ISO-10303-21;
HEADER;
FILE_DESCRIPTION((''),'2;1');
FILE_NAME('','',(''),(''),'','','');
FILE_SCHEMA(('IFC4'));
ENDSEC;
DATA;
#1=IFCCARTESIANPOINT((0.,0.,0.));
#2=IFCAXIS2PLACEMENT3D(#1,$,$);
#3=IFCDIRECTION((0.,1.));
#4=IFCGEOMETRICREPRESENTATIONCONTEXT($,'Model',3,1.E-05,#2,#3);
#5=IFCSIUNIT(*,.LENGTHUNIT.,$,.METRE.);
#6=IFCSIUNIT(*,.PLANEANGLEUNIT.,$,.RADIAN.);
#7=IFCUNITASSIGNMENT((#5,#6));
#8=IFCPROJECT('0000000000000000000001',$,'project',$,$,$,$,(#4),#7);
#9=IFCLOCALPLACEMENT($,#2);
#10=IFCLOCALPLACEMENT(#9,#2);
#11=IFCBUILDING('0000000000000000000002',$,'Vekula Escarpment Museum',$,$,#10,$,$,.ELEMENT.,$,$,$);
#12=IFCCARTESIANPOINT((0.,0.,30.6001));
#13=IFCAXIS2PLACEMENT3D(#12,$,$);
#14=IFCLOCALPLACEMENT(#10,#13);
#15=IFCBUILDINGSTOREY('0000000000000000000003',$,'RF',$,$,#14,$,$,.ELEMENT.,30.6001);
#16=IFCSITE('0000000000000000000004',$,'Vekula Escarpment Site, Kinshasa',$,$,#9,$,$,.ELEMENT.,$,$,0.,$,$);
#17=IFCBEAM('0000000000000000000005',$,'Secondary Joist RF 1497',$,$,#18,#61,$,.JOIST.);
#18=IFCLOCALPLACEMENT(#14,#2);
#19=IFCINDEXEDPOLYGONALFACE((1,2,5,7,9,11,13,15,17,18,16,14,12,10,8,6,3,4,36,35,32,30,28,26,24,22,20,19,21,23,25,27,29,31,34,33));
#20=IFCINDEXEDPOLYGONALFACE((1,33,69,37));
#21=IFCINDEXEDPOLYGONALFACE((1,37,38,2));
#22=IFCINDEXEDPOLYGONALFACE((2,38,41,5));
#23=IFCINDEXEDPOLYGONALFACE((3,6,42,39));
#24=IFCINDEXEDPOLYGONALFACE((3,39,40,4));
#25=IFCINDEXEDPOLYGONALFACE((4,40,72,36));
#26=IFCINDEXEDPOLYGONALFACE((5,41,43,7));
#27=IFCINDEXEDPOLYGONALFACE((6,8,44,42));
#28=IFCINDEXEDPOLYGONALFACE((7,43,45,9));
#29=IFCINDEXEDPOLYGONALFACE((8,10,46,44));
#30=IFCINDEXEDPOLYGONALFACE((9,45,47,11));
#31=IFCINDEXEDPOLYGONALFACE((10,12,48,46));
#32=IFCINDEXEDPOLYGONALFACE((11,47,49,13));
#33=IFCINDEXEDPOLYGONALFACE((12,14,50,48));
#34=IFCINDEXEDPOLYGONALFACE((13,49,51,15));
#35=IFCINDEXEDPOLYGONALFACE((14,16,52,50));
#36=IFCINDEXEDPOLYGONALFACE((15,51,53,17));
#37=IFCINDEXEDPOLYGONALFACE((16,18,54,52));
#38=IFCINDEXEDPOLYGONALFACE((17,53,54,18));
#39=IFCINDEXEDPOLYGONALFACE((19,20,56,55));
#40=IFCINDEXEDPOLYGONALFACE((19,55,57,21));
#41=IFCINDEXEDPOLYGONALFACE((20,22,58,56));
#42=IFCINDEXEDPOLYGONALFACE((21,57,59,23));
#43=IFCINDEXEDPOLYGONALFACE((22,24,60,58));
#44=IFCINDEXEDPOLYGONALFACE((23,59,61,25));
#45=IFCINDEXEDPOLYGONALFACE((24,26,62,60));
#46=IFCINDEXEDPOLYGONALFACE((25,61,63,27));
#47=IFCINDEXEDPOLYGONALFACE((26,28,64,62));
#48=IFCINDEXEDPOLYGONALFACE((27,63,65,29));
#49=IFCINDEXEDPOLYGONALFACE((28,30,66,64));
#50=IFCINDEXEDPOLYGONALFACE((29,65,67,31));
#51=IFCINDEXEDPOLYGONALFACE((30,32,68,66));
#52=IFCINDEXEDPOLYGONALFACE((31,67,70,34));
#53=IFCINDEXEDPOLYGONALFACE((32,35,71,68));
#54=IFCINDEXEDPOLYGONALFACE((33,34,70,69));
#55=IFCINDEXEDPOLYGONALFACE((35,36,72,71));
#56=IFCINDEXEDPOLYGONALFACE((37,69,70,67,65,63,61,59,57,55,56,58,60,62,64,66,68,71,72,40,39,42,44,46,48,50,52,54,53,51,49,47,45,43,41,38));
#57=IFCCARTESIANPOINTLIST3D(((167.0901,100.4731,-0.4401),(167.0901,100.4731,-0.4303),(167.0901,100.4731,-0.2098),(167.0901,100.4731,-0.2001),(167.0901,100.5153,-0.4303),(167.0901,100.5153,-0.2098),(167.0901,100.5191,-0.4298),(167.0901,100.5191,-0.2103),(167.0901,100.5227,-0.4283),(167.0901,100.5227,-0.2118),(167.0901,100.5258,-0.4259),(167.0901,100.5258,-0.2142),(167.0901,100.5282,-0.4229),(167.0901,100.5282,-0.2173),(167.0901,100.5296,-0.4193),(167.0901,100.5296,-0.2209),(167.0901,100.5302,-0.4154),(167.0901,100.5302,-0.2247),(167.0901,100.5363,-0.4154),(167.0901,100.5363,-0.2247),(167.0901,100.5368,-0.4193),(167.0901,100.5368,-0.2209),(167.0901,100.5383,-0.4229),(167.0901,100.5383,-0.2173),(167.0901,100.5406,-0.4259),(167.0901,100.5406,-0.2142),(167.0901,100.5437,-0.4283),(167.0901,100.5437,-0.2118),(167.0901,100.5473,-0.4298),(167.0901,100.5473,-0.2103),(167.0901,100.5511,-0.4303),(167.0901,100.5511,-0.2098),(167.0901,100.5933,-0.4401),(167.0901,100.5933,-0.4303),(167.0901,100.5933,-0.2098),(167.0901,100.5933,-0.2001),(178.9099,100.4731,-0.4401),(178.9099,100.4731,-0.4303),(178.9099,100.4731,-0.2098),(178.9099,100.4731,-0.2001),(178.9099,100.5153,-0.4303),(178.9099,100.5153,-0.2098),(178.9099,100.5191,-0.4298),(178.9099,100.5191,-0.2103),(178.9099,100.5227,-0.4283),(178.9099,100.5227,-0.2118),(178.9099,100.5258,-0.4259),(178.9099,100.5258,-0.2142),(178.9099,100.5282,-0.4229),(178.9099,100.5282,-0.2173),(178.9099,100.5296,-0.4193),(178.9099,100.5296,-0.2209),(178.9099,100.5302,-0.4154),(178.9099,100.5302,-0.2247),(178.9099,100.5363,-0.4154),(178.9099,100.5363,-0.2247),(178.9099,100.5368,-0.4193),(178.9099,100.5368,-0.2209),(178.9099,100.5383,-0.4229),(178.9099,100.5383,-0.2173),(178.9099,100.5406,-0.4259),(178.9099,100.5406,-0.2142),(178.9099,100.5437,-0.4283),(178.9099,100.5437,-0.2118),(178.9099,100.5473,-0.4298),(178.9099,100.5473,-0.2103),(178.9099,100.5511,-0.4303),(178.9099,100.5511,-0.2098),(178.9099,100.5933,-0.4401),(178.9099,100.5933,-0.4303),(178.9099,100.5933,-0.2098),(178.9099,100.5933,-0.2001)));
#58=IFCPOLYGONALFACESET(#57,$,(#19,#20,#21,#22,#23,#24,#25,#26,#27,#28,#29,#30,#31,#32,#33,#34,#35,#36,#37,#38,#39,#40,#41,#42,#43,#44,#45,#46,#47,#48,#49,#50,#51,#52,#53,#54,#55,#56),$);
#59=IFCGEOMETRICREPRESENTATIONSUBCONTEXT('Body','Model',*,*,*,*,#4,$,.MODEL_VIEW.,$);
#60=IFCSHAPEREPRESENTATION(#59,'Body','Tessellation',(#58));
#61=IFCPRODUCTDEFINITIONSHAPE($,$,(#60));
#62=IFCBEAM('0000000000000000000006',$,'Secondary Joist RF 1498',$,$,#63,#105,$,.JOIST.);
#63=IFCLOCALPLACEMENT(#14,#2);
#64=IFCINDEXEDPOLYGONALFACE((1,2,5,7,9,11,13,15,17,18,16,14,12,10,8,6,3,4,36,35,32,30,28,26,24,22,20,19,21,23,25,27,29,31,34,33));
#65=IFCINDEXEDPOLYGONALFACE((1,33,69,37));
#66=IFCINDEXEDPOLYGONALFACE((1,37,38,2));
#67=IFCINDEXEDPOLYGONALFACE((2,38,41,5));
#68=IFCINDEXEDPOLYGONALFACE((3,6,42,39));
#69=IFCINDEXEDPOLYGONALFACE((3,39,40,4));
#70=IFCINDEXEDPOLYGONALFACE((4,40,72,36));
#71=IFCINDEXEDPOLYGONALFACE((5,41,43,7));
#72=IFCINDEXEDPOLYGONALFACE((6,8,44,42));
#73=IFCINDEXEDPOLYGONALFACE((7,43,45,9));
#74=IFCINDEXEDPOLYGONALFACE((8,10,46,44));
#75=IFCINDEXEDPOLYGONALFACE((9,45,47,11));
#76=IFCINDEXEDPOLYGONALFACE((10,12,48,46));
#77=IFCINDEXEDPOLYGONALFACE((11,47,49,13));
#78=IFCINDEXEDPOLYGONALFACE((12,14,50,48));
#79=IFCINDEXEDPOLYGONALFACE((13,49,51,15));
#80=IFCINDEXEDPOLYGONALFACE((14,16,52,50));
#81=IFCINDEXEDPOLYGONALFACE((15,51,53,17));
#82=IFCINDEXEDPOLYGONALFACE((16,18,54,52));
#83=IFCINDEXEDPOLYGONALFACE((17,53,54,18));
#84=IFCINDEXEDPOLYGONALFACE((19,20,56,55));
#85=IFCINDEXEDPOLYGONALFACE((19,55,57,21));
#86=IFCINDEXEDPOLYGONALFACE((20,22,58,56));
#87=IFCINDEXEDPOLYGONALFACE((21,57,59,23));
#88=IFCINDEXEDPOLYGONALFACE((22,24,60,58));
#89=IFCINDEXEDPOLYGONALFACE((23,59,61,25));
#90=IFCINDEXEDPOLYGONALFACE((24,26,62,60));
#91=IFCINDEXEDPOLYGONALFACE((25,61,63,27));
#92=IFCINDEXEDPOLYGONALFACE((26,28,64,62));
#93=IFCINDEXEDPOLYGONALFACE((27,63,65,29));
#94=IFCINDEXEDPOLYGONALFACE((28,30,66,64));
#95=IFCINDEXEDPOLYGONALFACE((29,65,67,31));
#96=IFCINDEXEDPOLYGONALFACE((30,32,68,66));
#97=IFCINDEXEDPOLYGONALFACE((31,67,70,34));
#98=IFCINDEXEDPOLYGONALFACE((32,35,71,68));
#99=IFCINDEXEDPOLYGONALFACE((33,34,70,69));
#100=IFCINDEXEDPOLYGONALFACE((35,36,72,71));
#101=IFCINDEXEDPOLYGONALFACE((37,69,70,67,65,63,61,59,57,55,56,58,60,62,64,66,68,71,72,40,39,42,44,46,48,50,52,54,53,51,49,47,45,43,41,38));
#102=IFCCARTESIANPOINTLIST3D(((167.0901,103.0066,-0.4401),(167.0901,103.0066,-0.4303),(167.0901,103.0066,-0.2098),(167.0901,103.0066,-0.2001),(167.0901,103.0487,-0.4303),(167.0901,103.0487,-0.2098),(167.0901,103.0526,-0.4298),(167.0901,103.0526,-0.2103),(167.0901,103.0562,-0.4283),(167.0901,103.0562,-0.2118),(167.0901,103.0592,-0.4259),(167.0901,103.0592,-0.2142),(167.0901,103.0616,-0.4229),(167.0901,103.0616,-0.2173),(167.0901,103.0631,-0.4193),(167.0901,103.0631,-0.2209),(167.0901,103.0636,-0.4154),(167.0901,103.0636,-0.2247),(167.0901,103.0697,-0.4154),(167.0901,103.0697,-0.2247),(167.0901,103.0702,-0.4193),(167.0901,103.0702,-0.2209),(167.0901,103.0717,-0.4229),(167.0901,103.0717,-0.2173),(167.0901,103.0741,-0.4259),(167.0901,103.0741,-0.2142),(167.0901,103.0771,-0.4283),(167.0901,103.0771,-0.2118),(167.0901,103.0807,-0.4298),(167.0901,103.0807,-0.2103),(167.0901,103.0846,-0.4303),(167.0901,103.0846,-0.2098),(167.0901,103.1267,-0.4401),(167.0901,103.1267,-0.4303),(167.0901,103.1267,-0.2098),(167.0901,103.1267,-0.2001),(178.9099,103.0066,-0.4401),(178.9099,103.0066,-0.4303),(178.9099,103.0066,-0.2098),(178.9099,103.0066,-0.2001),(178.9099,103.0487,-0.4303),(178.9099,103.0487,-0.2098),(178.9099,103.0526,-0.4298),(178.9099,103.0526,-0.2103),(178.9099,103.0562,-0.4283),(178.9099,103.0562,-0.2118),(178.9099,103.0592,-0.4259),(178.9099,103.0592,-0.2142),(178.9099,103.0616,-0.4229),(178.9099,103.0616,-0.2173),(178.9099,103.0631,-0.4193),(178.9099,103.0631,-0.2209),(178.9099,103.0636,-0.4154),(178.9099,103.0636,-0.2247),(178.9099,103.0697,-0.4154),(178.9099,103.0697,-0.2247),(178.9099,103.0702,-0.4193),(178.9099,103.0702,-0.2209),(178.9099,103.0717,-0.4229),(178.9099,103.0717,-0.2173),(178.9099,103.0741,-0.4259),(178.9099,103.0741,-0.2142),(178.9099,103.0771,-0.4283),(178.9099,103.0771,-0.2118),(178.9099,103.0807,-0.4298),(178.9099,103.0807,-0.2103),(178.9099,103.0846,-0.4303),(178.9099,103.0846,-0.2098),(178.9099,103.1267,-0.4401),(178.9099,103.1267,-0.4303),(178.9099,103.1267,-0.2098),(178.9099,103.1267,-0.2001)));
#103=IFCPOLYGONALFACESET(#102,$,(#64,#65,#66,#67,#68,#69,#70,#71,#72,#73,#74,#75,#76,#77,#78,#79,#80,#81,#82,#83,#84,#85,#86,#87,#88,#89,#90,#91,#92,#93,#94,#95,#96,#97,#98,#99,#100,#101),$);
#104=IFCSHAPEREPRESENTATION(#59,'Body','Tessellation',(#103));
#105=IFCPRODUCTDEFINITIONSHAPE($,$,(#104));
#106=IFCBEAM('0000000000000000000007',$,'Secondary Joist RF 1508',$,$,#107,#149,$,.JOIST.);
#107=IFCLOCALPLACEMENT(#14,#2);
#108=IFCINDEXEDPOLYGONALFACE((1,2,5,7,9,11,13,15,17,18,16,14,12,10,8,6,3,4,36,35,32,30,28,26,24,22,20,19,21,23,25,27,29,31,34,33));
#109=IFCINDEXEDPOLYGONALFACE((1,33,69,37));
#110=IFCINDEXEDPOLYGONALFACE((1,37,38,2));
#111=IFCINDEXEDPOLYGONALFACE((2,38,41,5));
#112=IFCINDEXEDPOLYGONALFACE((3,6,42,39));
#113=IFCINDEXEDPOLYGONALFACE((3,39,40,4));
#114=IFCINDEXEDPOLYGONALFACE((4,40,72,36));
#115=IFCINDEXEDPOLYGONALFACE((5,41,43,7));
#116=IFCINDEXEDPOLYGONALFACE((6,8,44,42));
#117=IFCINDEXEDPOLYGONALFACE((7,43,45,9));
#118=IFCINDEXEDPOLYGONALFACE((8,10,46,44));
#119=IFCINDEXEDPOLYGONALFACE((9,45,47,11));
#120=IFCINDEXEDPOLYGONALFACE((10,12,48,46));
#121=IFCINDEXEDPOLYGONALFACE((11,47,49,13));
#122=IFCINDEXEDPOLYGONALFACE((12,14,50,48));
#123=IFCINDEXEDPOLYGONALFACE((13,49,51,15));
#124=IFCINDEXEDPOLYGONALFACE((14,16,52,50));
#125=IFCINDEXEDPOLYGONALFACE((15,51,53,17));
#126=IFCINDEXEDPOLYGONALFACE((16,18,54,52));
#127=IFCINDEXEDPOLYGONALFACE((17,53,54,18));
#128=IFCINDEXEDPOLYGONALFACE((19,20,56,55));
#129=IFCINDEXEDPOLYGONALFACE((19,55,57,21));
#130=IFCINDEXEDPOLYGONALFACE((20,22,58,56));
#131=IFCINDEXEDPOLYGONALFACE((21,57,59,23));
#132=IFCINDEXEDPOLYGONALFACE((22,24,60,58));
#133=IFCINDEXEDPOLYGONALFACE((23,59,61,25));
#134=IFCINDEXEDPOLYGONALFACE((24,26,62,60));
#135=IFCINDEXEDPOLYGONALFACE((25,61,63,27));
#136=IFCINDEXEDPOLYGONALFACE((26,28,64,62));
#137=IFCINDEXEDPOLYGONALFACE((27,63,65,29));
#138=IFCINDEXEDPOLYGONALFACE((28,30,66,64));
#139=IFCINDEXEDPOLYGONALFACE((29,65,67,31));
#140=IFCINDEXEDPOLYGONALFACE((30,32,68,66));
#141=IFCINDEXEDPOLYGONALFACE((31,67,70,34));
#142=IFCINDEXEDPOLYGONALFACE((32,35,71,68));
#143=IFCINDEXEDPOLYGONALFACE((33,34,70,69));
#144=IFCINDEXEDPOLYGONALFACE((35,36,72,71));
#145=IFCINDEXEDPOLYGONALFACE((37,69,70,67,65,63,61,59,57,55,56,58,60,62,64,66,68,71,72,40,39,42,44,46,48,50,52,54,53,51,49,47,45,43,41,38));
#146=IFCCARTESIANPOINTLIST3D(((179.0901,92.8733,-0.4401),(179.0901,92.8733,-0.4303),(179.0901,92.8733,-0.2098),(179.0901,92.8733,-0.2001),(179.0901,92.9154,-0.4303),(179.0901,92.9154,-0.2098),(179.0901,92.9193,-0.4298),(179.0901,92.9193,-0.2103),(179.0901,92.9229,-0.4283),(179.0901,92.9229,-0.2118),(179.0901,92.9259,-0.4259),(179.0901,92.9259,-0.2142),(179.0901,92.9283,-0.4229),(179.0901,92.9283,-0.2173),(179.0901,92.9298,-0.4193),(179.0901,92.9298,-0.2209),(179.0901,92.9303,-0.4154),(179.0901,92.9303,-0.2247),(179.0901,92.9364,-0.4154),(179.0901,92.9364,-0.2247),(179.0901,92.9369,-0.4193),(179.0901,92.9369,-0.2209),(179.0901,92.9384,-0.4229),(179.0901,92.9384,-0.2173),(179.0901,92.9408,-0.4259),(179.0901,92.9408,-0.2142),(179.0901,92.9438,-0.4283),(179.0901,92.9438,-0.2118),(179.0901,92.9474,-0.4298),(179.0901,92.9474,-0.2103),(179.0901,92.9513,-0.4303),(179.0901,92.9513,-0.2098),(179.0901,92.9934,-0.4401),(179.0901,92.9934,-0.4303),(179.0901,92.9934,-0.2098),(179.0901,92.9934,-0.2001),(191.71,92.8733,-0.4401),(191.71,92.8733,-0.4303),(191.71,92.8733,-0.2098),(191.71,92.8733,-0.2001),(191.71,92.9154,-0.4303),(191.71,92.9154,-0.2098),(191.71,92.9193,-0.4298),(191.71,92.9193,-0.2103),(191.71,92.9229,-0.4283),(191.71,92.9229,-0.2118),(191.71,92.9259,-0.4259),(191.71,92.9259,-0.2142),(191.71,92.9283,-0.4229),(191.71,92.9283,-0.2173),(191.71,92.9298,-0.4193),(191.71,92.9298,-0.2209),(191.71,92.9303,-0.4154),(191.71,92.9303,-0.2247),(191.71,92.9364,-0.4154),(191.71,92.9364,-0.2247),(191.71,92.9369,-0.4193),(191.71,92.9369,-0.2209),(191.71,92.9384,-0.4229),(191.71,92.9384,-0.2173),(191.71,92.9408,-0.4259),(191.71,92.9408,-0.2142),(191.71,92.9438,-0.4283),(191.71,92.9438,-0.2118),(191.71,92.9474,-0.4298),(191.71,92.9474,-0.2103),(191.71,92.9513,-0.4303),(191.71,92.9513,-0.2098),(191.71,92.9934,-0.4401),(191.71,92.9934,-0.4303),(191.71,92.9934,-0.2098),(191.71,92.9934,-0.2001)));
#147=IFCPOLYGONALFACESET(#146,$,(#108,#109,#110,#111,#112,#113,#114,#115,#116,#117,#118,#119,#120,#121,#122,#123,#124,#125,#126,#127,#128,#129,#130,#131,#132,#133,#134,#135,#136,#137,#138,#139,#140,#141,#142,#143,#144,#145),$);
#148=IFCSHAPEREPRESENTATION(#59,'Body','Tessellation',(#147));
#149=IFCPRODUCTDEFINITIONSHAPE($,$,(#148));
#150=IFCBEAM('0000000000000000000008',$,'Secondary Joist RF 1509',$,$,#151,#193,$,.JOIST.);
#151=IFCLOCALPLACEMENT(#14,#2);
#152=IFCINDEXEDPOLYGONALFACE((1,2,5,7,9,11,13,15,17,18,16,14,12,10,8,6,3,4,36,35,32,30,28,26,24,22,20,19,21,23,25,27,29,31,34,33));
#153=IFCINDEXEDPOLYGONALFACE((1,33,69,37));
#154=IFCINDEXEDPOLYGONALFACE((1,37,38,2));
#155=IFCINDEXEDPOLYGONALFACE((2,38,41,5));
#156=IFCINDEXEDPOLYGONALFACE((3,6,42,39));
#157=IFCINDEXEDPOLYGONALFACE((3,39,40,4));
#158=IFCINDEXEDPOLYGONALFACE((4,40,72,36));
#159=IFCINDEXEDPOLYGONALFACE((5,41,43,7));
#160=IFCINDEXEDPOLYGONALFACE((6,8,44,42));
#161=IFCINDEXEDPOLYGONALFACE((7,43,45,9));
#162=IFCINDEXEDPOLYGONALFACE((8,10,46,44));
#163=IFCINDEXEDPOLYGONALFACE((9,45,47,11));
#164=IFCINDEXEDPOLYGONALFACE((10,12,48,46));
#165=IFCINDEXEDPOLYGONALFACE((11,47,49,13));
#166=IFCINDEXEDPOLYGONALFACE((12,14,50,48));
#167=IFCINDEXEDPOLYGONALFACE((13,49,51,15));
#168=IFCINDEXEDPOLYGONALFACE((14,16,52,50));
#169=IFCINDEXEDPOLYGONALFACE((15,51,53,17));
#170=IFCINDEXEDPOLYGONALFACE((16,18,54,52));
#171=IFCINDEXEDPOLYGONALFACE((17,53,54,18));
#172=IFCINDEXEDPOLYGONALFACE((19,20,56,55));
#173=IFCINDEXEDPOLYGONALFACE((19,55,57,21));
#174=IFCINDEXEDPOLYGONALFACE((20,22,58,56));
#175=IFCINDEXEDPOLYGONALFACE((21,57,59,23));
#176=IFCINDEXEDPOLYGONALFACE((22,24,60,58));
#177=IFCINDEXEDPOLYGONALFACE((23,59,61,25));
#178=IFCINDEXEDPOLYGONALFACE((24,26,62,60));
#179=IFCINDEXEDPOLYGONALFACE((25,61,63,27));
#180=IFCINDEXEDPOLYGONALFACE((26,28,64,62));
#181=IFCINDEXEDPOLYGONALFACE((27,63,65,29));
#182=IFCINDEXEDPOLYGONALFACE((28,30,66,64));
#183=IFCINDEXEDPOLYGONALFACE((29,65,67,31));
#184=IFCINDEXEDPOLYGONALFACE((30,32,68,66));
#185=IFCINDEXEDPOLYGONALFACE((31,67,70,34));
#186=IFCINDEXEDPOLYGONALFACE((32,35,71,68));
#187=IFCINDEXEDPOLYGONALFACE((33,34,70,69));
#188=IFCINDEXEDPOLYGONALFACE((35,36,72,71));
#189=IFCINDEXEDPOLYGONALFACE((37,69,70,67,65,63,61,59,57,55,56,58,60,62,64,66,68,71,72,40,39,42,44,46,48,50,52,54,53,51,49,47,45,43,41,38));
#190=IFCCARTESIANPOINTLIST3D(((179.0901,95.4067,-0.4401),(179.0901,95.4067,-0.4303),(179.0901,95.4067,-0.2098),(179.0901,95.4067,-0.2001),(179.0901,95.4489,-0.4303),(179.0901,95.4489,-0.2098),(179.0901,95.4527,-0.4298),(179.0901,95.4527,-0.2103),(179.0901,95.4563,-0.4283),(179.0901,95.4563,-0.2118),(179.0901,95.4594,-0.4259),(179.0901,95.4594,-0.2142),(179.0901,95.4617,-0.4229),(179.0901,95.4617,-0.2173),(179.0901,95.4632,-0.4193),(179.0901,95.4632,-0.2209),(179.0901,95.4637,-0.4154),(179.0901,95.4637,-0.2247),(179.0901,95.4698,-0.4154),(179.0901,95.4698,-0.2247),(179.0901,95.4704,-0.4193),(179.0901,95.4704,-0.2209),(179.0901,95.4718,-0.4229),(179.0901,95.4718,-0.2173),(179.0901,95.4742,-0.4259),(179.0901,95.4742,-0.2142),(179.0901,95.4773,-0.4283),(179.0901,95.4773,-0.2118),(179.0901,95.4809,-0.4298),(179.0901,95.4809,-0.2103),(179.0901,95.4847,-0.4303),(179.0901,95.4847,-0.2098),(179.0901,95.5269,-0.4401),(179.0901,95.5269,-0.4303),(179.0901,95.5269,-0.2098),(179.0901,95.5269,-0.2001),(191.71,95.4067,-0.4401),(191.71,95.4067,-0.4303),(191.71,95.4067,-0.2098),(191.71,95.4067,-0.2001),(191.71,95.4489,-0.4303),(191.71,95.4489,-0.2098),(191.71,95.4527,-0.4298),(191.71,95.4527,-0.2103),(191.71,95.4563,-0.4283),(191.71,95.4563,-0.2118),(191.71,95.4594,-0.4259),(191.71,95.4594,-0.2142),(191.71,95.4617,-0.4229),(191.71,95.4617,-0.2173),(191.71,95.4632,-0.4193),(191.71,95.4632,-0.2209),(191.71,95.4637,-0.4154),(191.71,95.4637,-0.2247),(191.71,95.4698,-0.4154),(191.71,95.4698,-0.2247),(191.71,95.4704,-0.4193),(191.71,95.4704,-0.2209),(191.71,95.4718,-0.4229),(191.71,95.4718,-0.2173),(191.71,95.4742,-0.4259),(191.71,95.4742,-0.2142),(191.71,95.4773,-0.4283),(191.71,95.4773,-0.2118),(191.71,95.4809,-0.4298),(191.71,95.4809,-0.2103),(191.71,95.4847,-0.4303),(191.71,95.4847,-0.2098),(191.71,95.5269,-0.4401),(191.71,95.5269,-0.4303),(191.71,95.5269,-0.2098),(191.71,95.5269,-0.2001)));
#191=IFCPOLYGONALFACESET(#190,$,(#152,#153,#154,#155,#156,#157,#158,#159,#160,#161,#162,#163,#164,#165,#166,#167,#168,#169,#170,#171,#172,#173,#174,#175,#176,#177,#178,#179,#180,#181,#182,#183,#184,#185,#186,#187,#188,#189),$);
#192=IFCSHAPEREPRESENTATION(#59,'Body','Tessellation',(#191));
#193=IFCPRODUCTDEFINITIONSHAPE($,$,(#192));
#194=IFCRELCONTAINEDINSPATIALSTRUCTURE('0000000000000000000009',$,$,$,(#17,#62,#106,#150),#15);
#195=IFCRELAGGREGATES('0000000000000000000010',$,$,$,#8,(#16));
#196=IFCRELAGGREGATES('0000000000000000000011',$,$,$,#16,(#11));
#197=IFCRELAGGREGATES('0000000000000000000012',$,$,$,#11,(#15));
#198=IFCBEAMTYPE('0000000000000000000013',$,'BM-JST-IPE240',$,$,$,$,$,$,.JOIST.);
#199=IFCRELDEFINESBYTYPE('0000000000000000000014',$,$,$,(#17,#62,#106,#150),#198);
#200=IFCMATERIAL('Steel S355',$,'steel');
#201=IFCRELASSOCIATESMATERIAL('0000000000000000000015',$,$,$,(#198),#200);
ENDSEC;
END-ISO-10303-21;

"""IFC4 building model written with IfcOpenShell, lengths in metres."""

from ifc_helpers import new_model, si_unit, direction, frame, origin, origin_2d, place, context, subcontext, project, spatial, i_section, extrude, material, material_profile, profile_set, type_object, element, save


model = new_model("IFC4")

# Units and contexts
model_context = context("Model", 3, precision=1e-05, world=origin(), true_north=direction((0.0, 1.0)))
body_context = subcontext(model_context, "Body", "Model", "MODEL_VIEW")
ifc_project = project(units=[si_unit("LENGTHUNIT", "METRE"), si_unit("PLANEANGLEUNIT", "RADIAN")], contexts=[model_context])

# Site, building, storey
site_placement = place(None, origin())
site = spatial("IfcSite", under=ifc_project, at=site_placement, Name="Vekula Escarpment Site, Kinshasa", CompositionType="ELEMENT", RefElevation=0.0)
building_placement = place(site_placement, origin())
building = spatial("IfcBuilding", under=site, at=building_placement, Name="Vekula Escarpment Museum", CompositionType="ELEMENT")
storey_placement = place(building_placement, frame((0.0, 0.0, 30.6001)))
storey = spatial("IfcBuildingStorey", under=building, at=storey_placement, Name="RF", CompositionType="ELEMENT", Elevation=30.6001)

# Beams
ifc_material_1 = material(Name="Steel S355", Category="steel")
ifc_material_profile_1 = material_profile(ifc_material_1, i_section(OverallWidth=0.1201, OverallDepth=0.24, WebThickness=0.0061, FlangeThickness=0.0098, FilletRadius=0.0149, at=origin_2d()), Name="IPE 240")
ifc_profile_set_1 = profile_set([ifc_material_profile_1], Name="Steel S355")
beam_type_1 = type_object("IfcBeamType", Name="BM-JST-IPE240", PredefinedType="JOIST", material=ifc_profile_set_1)
for number, where, z_axis, x_axis, name in (
    (1, (167.0901, 100.5332, -0.3201), (1.0, 0.0, 0.0), (0.0, 1.0, 0.0), "Secondary Joist RF 1497"),
    (2, (167.0901, 103.0667, -0.3201), (1.0, 0.0, 0.0), (0.0, 1.0, 0.0), "Secondary Joist RF 1498"),
):
    element("IfcBeam", number, at=place(storey_placement, frame(where, z_axis=z_axis, x_axis=x_axis)), inside=storey, type_object=beam_type_1, Name=name, PredefinedType="JOIST", context=body_context, shape_type="SweptSolid", body=[
        extrude(i_section(OverallWidth=0.1201, OverallDepth=0.24, WebThickness=0.0061, FlangeThickness=0.0098, FilletRadius=0.0149, at=origin_2d()), origin(), (0.0, 0.0, 1.0), 11.8198),
    ])
for number, where, z_axis, x_axis, name in (
    (3, (179.0901, 92.9333, -0.3201), (1.0, 0.0, 0.0), (0.0, 1.0, 0.0), "Secondary Joist RF 1508"),
    (4, (179.0901, 95.4668, -0.3201), (1.0, 0.0, 0.0), (0.0, 1.0, 0.0), "Secondary Joist RF 1509"),
):
    element("IfcBeam", number, at=place(storey_placement, frame(where, z_axis=z_axis, x_axis=x_axis)), inside=storey, type_object=beam_type_1, Name=name, PredefinedType="JOIST", context=body_context, shape_type="SweptSolid", body=[
        extrude(i_section(OverallWidth=0.1201, OverallDepth=0.24, WebThickness=0.0061, FlangeThickness=0.0098, FilletRadius=0.0149, at=origin_2d()), origin(), (0.0, 0.0, 1.0), 12.6199),
    ])

save(model, "model.ifc")
